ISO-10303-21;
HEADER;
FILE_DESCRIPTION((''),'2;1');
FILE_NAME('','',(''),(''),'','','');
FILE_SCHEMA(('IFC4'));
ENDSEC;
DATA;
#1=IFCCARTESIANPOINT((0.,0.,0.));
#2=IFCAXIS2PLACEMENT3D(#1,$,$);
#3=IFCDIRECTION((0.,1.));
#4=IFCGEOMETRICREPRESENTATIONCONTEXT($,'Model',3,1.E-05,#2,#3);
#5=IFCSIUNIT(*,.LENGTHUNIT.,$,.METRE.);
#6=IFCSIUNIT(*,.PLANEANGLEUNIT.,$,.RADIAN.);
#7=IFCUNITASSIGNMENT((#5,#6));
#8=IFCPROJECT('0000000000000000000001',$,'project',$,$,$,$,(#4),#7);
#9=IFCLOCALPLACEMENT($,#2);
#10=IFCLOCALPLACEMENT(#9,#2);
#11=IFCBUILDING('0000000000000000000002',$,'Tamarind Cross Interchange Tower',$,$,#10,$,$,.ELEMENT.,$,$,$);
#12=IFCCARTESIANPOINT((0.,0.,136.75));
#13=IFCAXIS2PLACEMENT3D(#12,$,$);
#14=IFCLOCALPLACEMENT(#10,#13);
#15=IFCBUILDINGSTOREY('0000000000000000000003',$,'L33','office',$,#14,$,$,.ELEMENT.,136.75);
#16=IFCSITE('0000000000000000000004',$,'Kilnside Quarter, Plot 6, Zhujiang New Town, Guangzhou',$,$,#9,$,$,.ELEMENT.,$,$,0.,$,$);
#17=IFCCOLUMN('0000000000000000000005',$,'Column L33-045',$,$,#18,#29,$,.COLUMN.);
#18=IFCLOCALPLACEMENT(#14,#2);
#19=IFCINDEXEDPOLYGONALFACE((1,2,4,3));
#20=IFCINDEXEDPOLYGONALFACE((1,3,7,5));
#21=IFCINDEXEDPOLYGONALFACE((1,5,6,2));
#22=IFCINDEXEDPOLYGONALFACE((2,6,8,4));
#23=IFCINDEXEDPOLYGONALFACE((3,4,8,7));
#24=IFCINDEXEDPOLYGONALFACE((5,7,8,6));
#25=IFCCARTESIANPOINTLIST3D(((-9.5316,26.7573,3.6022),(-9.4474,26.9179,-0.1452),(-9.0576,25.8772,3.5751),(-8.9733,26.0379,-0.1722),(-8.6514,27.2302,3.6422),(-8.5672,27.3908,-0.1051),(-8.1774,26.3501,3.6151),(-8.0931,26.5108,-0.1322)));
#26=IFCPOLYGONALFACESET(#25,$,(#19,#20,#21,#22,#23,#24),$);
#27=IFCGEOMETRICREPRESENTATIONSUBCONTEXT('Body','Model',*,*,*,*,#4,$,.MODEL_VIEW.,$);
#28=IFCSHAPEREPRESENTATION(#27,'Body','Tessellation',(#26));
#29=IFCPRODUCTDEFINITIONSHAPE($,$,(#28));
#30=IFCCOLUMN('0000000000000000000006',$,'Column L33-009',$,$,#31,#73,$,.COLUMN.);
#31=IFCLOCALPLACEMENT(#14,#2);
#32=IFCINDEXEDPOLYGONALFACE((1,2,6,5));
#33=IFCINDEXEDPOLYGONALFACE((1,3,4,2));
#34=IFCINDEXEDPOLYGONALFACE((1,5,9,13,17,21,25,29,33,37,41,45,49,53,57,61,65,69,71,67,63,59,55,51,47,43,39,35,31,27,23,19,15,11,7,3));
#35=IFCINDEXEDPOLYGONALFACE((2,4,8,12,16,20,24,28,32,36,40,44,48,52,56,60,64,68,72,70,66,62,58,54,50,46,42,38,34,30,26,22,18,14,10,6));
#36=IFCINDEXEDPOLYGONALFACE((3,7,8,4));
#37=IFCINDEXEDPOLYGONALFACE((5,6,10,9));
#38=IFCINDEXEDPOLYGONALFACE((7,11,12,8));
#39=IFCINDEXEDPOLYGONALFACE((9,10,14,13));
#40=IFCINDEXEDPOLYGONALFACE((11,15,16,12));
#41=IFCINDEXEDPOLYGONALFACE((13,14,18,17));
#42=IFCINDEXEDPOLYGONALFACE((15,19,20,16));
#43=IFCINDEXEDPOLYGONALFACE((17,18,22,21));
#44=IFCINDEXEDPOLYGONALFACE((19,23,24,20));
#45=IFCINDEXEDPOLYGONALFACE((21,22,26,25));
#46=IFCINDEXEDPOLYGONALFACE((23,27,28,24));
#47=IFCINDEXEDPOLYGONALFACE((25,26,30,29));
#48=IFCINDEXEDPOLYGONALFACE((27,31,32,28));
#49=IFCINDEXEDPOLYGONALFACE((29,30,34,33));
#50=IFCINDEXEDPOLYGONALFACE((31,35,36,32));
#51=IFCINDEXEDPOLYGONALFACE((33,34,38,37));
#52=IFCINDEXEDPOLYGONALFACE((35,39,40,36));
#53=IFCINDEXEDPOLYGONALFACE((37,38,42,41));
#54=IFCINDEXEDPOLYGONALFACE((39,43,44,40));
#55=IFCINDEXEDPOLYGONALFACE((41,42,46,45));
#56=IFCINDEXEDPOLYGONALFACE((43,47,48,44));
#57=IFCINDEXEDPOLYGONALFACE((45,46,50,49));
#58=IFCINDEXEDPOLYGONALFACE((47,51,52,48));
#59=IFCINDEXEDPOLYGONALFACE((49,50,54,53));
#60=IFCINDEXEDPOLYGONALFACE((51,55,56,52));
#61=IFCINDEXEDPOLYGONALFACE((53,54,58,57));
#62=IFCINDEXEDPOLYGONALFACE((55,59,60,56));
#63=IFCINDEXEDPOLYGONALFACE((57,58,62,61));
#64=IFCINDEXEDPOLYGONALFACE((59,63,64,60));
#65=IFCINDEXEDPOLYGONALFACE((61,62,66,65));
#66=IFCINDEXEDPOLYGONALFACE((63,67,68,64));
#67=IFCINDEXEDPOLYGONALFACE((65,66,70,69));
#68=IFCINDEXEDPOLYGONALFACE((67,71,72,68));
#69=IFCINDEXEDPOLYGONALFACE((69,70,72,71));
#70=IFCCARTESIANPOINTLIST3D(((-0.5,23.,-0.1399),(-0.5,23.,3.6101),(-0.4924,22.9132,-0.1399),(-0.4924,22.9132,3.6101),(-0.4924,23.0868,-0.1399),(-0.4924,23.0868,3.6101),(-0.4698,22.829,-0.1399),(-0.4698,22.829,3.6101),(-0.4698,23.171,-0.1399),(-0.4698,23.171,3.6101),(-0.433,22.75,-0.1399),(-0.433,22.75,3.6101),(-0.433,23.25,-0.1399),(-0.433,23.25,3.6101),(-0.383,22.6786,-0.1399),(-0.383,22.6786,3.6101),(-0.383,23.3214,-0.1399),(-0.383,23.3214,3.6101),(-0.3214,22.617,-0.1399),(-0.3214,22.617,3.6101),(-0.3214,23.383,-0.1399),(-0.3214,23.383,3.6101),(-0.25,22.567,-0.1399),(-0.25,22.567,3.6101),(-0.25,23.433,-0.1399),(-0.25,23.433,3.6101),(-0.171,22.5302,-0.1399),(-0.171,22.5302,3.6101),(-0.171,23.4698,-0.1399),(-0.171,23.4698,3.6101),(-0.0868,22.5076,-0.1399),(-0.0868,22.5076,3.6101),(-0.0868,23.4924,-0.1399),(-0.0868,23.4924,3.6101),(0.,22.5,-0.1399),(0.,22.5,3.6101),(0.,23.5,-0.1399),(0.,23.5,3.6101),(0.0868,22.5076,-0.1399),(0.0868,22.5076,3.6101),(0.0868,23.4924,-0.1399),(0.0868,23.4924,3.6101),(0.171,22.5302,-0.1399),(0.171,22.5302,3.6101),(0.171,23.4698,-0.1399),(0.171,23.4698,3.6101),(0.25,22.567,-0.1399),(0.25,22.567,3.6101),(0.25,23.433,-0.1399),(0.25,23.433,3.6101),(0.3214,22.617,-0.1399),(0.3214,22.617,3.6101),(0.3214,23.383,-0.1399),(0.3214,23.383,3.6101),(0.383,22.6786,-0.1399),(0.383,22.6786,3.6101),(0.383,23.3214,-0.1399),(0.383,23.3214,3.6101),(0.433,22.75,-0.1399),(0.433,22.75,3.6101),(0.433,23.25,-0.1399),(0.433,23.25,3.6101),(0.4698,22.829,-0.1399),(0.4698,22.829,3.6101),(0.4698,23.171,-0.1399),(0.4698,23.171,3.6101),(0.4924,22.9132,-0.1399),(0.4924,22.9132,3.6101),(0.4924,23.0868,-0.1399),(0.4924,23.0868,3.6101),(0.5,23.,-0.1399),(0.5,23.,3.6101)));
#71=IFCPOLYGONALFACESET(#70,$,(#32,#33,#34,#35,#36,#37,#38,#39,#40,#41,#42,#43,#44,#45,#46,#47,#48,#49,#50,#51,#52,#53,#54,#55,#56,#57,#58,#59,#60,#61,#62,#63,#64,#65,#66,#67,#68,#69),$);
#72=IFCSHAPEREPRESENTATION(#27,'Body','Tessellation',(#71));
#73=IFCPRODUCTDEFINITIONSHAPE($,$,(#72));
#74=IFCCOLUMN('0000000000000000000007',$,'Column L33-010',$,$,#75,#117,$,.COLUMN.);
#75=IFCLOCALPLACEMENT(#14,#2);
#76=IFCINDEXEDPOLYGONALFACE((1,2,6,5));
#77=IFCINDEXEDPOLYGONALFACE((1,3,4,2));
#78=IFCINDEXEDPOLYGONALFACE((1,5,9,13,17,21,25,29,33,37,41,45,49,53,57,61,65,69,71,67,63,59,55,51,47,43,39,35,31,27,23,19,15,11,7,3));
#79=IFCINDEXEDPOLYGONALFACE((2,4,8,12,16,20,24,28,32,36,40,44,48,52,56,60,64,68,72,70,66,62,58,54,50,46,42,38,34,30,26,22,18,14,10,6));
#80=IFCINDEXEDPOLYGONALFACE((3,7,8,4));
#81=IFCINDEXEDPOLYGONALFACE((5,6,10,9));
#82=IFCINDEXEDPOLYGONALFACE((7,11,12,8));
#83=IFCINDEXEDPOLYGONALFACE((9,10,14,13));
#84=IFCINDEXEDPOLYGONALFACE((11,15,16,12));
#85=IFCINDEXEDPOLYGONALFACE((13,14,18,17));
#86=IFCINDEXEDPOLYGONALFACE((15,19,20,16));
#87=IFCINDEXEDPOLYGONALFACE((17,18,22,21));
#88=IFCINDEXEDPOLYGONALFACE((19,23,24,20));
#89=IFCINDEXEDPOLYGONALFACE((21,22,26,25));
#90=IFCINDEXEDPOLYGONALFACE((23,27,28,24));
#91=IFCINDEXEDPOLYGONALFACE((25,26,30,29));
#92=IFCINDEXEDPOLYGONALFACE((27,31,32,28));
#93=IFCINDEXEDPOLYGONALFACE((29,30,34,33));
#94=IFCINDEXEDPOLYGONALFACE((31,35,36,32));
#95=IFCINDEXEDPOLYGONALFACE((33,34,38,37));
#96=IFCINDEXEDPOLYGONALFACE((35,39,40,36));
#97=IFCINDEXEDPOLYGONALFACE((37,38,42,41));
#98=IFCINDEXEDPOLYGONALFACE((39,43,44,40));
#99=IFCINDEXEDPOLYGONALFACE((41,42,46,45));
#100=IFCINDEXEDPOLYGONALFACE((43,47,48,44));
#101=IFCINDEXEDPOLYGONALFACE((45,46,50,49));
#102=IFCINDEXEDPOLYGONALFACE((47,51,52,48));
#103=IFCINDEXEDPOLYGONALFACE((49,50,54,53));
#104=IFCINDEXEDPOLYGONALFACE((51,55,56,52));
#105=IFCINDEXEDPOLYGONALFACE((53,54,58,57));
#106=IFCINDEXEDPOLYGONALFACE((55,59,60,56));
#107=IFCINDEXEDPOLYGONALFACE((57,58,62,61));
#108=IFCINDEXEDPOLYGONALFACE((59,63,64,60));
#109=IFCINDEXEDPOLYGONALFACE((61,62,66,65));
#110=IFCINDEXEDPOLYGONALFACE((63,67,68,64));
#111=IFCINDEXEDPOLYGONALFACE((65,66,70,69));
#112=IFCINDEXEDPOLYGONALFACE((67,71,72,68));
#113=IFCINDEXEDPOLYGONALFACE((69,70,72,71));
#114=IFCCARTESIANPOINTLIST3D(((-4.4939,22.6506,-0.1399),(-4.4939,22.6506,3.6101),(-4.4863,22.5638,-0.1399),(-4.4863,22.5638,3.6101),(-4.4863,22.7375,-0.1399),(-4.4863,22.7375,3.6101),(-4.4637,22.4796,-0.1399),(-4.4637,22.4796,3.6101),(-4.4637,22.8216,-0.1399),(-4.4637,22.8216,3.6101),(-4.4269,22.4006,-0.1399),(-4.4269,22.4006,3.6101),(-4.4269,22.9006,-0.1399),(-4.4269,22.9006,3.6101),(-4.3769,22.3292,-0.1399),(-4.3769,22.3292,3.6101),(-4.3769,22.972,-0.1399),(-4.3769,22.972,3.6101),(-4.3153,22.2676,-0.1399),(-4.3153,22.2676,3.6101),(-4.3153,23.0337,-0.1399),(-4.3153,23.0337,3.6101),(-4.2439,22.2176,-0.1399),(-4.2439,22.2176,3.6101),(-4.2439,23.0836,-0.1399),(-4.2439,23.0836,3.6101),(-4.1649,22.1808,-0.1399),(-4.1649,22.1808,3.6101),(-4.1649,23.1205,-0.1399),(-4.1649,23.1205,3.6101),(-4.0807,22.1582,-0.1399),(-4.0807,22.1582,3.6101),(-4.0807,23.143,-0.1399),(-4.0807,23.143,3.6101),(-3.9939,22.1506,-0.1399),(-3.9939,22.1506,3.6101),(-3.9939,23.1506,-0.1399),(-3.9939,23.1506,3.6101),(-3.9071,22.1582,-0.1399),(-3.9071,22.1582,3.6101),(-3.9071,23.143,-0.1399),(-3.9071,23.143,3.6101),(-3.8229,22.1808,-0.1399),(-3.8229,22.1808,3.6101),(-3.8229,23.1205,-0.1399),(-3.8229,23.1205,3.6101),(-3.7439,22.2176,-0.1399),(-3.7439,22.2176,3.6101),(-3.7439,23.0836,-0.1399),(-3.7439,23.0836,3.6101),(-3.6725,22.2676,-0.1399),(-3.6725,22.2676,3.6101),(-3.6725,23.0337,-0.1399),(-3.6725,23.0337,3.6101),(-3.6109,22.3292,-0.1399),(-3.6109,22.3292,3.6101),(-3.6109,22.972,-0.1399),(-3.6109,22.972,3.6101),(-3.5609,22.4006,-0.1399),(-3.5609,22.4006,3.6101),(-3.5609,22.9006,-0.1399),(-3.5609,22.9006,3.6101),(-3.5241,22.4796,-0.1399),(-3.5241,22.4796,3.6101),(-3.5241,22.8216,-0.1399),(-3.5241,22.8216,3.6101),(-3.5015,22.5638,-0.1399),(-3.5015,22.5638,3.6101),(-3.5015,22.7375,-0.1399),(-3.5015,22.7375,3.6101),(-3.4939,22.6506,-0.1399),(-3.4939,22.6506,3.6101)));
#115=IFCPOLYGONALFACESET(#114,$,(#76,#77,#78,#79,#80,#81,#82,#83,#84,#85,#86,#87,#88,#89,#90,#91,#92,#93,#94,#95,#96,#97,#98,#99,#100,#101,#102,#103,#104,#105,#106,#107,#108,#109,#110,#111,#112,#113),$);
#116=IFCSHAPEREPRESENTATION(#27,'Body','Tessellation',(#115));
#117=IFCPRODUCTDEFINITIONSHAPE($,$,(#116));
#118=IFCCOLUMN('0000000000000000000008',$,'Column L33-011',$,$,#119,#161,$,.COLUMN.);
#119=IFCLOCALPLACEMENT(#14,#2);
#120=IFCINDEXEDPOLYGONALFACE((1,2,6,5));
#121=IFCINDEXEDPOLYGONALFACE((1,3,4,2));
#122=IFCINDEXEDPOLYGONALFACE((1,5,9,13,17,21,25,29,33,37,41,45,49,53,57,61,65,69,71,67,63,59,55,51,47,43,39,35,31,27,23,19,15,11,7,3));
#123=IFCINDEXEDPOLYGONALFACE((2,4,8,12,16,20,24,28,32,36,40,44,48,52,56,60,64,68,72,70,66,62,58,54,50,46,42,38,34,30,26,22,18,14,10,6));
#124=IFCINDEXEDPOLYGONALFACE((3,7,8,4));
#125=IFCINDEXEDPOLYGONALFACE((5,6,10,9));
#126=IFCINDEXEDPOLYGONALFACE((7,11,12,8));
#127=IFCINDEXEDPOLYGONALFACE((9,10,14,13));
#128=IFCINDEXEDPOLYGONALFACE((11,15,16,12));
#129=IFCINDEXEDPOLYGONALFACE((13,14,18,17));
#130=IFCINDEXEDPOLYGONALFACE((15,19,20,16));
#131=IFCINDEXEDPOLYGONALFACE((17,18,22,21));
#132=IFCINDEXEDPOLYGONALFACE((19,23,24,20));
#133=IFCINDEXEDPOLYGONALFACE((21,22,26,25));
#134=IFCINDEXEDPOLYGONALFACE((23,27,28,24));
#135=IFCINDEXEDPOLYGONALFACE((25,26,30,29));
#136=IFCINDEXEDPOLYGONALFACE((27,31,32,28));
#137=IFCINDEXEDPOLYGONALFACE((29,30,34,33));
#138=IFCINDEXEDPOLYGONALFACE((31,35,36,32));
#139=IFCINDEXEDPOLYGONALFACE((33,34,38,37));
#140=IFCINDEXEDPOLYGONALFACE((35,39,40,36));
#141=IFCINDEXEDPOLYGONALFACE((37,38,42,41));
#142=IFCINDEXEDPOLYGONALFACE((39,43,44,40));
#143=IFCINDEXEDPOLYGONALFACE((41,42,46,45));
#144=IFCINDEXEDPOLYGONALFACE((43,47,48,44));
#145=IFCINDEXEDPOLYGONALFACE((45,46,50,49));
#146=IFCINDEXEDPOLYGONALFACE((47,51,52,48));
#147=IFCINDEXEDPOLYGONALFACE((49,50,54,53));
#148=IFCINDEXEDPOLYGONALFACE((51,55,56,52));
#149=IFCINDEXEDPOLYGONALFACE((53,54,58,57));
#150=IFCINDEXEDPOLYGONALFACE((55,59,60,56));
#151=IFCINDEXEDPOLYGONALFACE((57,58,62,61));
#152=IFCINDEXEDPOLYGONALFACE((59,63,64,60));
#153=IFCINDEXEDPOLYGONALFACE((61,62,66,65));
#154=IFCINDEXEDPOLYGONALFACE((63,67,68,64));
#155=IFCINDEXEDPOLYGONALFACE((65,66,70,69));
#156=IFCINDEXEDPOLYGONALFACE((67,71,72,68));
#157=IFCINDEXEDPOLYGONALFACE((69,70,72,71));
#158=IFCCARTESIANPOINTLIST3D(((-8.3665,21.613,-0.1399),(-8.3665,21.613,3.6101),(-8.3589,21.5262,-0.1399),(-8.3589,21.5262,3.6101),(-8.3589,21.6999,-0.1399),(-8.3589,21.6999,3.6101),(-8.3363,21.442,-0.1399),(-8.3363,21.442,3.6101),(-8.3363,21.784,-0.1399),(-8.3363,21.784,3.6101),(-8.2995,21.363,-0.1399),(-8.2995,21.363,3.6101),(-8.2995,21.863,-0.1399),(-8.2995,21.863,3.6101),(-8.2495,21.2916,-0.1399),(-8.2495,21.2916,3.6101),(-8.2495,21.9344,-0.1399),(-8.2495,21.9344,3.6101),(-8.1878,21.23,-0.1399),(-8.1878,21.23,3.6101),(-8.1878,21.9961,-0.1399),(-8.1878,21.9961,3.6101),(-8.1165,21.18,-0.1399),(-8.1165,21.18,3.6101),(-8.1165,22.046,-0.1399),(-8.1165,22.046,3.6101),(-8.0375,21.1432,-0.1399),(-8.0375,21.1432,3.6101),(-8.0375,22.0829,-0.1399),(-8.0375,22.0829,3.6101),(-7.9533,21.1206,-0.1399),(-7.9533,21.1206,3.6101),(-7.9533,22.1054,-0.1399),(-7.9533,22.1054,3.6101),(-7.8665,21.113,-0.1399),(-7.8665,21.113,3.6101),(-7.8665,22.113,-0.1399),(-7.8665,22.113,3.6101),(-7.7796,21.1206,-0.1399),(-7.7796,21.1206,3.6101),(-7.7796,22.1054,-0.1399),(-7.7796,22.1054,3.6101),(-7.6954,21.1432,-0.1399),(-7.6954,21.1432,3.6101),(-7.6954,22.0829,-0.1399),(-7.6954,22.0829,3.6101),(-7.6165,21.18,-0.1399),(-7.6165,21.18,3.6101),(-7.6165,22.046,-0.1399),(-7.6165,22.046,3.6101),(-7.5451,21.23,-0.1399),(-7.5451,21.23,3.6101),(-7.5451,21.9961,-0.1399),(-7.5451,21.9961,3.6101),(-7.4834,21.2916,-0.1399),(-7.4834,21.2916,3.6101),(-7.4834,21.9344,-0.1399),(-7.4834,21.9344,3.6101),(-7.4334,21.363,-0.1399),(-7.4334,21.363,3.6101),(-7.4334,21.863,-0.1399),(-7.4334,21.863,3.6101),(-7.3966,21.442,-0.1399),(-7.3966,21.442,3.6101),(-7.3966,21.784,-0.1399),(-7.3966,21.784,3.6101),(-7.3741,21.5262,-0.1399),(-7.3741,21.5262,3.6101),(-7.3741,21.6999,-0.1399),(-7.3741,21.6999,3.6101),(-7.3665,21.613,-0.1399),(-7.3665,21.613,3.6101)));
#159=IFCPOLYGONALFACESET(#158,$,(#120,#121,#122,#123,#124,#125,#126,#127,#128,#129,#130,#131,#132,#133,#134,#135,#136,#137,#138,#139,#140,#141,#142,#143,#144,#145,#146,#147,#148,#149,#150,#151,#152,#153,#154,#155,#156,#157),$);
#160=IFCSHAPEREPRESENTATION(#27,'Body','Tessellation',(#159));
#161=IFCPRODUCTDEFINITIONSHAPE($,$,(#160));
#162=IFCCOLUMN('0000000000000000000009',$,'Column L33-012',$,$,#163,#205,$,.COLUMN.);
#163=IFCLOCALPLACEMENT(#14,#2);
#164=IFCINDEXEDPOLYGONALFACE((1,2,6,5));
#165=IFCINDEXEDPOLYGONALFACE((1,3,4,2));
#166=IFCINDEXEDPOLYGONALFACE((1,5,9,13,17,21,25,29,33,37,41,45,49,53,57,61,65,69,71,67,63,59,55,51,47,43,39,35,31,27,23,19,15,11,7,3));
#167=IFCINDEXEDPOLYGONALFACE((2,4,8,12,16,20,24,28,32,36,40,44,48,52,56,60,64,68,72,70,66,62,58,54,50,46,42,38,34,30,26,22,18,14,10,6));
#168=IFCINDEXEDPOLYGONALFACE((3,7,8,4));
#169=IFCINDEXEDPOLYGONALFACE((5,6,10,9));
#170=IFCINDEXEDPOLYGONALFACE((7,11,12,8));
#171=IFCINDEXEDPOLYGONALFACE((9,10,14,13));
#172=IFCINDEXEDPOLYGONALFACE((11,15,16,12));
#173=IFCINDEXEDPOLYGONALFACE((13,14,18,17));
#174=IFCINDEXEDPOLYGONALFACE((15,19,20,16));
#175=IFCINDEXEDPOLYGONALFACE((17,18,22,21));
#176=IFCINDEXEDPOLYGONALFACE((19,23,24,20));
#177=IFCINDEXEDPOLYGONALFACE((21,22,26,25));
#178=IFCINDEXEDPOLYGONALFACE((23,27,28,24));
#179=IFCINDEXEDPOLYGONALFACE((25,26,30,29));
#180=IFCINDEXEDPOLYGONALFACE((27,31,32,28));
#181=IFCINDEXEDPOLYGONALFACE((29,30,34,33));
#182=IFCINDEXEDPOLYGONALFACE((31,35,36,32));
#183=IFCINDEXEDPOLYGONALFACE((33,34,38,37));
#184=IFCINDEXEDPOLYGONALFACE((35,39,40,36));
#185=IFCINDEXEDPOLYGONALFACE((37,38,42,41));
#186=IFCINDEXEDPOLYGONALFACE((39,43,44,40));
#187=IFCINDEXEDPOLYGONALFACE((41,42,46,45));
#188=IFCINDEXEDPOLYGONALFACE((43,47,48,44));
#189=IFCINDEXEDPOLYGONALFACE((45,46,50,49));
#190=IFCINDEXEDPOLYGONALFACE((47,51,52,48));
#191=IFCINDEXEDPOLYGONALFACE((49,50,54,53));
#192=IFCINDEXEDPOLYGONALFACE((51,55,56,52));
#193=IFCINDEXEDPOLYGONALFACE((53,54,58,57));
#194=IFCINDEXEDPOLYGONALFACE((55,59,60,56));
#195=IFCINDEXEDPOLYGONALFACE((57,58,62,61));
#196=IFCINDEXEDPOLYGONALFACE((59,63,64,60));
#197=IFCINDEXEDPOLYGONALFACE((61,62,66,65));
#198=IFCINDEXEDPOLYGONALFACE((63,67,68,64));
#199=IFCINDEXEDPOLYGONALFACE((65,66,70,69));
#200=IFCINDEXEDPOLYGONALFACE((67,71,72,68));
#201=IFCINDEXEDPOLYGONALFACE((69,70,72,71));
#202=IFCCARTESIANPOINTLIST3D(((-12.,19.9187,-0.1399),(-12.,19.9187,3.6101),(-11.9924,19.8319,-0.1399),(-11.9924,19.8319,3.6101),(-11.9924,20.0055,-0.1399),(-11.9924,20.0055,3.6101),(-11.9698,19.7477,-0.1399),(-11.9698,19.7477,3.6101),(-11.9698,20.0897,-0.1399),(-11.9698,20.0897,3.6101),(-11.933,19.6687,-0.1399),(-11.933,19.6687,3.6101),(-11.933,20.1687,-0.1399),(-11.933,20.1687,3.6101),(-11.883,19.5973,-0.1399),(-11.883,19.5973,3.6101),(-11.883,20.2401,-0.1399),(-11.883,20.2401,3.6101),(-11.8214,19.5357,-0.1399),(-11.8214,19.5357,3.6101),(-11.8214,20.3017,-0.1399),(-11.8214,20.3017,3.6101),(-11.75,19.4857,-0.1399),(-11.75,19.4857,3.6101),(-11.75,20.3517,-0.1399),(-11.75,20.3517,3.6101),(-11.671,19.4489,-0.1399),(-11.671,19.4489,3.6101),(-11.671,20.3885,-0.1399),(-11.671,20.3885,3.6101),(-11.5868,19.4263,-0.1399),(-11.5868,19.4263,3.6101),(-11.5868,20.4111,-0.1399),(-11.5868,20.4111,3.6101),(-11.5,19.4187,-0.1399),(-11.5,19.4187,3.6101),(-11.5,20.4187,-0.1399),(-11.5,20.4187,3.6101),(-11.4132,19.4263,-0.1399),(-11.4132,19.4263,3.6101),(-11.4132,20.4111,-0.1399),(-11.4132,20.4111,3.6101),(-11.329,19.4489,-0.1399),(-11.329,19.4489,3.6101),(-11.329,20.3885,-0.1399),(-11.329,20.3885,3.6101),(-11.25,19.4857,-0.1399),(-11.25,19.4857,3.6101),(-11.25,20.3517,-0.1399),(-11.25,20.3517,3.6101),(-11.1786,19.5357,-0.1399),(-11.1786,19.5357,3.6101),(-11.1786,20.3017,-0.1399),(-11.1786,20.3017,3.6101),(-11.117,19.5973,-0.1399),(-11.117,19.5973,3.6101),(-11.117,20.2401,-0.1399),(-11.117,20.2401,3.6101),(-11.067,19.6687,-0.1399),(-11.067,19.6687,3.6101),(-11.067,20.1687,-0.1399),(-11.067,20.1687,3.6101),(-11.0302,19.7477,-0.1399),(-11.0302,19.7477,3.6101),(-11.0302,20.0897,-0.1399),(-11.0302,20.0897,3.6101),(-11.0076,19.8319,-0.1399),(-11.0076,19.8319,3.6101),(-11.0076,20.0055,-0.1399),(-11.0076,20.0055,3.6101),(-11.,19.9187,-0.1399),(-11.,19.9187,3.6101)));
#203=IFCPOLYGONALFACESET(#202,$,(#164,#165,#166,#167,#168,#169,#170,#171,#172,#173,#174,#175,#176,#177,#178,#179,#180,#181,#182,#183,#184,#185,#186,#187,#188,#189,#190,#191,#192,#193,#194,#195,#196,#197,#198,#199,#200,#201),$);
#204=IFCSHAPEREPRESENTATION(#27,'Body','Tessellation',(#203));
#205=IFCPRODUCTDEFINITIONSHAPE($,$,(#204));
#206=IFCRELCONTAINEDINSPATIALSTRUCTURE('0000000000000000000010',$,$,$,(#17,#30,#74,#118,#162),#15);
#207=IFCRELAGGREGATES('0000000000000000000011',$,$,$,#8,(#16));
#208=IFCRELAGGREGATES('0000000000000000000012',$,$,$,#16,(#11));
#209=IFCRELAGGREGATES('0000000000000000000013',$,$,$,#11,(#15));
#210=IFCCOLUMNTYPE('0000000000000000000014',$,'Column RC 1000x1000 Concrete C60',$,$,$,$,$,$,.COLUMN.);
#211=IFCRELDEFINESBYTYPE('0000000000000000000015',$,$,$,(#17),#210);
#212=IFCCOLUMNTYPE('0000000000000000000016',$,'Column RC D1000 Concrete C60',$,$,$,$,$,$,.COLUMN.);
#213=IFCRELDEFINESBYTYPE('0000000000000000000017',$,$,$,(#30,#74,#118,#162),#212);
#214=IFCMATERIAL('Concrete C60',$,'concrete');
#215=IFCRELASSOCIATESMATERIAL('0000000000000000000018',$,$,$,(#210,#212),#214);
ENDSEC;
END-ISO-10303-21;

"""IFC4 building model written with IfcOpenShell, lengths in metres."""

from ifc_helpers import new_model, si_unit, direction, frame, origin, origin_2d, place, context, subcontext, project, spatial, rectangle, circle, extrude, material, material_profile, profile_set, type_object, element, save


model = new_model("IFC4")

# Units and contexts
model_context = context("Model", 3, precision=1e-05, world=origin(), true_north=direction((0.0, 1.0)))
body_context = subcontext(model_context, "Body", "Model", "MODEL_VIEW")
ifc_project = project(units=[si_unit("LENGTHUNIT", "METRE"), si_unit("PLANEANGLEUNIT", "RADIAN")], contexts=[model_context])

# Site, building, storey
site_placement = place(None, origin())
site = spatial("IfcSite", under=ifc_project, at=site_placement, Name="Kilnside Quarter, Plot 6, Zhujiang New Town, Guangzhou", CompositionType="ELEMENT", RefElevation=0.0)
building_placement = place(site_placement, origin())
building = spatial("IfcBuilding", under=site, at=building_placement, Name="Tamarind Cross Interchange Tower", CompositionType="ELEMENT")
storey_placement = place(building_placement, frame((0.0, 0.0, 136.75)))
storey = spatial("IfcBuildingStorey", under=building, at=storey_placement, Name="L33", Description="office", CompositionType="ELEMENT", Elevation=136.75)

# Columns
ifc_material_1 = material(Name="Concrete C60", Category="concrete")
ifc_material_profile_1 = material_profile(ifc_material_1, rectangle(XDim=1.0, YDim=1.0, at=origin_2d()), Name="RC 1000x1000")
ifc_profile_set_1 = profile_set([ifc_material_profile_1], Name="Concrete C60")
column_type_1 = type_object("IfcColumnType", Name="Column RC 1000x1000 Concrete C60", PredefinedType="COLUMN", material=ifc_profile_set_1)
column_placement = place(storey_placement, frame((-8.7703, 26.7144, -0.1387), z_axis=(-0.022451, -0.042819, 0.998831), x_axis=(0.880206, 0.472898, 0.040057)))
element("IfcColumn", 1, at=column_placement, inside=storey, type_object=column_type_1, Name="Column L33-045", PredefinedType="COLUMN", context=body_context, shape_type="SweptSolid", body=[
    extrude(rectangle(XDim=1.0, YDim=1.0, at=origin_2d()), origin(), (0.0, 0.0, 1.0), 3.7517),
])
ifc_material_profile_2 = material_profile(ifc_material_1, circle(Radius=0.5, at=origin_2d()), Name="RC D1000")
ifc_profile_set_2 = profile_set([ifc_material_profile_2], Name="Concrete C60")
column_type_2 = type_object("IfcColumnType", Name="Column RC D1000 Concrete C60", PredefinedType="COLUMN", material=ifc_profile_set_2)
for number, where, z_axis, x_axis, name in (
    (2, (0.0, 23.0, -0.1399), (0.0, 0.0, 1.0), (1.0, 0.0, 0.0), "Column L33-009"),
    (3, (-3.9939, 22.6506, -0.1399), (0.0, 0.0, 1.0), (1.0, 0.0, 0.0), "Column L33-010"),
    (4, (-7.8665, 21.613, -0.1399), (0.0, 0.0, 1.0), (1.0, 0.0, 0.0), "Column L33-011"),
    (5, (-11.5, 19.9187, -0.1399), (0.0, 0.0, 1.0), (1.0, 0.0, 0.0), "Column L33-012"),
):
    element("IfcColumn", number, at=place(storey_placement, frame(where, z_axis=z_axis, x_axis=x_axis)), inside=storey, type_object=column_type_2, Name=name, PredefinedType="COLUMN", context=body_context, shape_type="SweptSolid", body=[
        extrude(circle(Radius=0.5, at=origin_2d()), origin(), (0.0, 0.0, 1.0), 3.75),
    ])

save(model, "model.ifc")
